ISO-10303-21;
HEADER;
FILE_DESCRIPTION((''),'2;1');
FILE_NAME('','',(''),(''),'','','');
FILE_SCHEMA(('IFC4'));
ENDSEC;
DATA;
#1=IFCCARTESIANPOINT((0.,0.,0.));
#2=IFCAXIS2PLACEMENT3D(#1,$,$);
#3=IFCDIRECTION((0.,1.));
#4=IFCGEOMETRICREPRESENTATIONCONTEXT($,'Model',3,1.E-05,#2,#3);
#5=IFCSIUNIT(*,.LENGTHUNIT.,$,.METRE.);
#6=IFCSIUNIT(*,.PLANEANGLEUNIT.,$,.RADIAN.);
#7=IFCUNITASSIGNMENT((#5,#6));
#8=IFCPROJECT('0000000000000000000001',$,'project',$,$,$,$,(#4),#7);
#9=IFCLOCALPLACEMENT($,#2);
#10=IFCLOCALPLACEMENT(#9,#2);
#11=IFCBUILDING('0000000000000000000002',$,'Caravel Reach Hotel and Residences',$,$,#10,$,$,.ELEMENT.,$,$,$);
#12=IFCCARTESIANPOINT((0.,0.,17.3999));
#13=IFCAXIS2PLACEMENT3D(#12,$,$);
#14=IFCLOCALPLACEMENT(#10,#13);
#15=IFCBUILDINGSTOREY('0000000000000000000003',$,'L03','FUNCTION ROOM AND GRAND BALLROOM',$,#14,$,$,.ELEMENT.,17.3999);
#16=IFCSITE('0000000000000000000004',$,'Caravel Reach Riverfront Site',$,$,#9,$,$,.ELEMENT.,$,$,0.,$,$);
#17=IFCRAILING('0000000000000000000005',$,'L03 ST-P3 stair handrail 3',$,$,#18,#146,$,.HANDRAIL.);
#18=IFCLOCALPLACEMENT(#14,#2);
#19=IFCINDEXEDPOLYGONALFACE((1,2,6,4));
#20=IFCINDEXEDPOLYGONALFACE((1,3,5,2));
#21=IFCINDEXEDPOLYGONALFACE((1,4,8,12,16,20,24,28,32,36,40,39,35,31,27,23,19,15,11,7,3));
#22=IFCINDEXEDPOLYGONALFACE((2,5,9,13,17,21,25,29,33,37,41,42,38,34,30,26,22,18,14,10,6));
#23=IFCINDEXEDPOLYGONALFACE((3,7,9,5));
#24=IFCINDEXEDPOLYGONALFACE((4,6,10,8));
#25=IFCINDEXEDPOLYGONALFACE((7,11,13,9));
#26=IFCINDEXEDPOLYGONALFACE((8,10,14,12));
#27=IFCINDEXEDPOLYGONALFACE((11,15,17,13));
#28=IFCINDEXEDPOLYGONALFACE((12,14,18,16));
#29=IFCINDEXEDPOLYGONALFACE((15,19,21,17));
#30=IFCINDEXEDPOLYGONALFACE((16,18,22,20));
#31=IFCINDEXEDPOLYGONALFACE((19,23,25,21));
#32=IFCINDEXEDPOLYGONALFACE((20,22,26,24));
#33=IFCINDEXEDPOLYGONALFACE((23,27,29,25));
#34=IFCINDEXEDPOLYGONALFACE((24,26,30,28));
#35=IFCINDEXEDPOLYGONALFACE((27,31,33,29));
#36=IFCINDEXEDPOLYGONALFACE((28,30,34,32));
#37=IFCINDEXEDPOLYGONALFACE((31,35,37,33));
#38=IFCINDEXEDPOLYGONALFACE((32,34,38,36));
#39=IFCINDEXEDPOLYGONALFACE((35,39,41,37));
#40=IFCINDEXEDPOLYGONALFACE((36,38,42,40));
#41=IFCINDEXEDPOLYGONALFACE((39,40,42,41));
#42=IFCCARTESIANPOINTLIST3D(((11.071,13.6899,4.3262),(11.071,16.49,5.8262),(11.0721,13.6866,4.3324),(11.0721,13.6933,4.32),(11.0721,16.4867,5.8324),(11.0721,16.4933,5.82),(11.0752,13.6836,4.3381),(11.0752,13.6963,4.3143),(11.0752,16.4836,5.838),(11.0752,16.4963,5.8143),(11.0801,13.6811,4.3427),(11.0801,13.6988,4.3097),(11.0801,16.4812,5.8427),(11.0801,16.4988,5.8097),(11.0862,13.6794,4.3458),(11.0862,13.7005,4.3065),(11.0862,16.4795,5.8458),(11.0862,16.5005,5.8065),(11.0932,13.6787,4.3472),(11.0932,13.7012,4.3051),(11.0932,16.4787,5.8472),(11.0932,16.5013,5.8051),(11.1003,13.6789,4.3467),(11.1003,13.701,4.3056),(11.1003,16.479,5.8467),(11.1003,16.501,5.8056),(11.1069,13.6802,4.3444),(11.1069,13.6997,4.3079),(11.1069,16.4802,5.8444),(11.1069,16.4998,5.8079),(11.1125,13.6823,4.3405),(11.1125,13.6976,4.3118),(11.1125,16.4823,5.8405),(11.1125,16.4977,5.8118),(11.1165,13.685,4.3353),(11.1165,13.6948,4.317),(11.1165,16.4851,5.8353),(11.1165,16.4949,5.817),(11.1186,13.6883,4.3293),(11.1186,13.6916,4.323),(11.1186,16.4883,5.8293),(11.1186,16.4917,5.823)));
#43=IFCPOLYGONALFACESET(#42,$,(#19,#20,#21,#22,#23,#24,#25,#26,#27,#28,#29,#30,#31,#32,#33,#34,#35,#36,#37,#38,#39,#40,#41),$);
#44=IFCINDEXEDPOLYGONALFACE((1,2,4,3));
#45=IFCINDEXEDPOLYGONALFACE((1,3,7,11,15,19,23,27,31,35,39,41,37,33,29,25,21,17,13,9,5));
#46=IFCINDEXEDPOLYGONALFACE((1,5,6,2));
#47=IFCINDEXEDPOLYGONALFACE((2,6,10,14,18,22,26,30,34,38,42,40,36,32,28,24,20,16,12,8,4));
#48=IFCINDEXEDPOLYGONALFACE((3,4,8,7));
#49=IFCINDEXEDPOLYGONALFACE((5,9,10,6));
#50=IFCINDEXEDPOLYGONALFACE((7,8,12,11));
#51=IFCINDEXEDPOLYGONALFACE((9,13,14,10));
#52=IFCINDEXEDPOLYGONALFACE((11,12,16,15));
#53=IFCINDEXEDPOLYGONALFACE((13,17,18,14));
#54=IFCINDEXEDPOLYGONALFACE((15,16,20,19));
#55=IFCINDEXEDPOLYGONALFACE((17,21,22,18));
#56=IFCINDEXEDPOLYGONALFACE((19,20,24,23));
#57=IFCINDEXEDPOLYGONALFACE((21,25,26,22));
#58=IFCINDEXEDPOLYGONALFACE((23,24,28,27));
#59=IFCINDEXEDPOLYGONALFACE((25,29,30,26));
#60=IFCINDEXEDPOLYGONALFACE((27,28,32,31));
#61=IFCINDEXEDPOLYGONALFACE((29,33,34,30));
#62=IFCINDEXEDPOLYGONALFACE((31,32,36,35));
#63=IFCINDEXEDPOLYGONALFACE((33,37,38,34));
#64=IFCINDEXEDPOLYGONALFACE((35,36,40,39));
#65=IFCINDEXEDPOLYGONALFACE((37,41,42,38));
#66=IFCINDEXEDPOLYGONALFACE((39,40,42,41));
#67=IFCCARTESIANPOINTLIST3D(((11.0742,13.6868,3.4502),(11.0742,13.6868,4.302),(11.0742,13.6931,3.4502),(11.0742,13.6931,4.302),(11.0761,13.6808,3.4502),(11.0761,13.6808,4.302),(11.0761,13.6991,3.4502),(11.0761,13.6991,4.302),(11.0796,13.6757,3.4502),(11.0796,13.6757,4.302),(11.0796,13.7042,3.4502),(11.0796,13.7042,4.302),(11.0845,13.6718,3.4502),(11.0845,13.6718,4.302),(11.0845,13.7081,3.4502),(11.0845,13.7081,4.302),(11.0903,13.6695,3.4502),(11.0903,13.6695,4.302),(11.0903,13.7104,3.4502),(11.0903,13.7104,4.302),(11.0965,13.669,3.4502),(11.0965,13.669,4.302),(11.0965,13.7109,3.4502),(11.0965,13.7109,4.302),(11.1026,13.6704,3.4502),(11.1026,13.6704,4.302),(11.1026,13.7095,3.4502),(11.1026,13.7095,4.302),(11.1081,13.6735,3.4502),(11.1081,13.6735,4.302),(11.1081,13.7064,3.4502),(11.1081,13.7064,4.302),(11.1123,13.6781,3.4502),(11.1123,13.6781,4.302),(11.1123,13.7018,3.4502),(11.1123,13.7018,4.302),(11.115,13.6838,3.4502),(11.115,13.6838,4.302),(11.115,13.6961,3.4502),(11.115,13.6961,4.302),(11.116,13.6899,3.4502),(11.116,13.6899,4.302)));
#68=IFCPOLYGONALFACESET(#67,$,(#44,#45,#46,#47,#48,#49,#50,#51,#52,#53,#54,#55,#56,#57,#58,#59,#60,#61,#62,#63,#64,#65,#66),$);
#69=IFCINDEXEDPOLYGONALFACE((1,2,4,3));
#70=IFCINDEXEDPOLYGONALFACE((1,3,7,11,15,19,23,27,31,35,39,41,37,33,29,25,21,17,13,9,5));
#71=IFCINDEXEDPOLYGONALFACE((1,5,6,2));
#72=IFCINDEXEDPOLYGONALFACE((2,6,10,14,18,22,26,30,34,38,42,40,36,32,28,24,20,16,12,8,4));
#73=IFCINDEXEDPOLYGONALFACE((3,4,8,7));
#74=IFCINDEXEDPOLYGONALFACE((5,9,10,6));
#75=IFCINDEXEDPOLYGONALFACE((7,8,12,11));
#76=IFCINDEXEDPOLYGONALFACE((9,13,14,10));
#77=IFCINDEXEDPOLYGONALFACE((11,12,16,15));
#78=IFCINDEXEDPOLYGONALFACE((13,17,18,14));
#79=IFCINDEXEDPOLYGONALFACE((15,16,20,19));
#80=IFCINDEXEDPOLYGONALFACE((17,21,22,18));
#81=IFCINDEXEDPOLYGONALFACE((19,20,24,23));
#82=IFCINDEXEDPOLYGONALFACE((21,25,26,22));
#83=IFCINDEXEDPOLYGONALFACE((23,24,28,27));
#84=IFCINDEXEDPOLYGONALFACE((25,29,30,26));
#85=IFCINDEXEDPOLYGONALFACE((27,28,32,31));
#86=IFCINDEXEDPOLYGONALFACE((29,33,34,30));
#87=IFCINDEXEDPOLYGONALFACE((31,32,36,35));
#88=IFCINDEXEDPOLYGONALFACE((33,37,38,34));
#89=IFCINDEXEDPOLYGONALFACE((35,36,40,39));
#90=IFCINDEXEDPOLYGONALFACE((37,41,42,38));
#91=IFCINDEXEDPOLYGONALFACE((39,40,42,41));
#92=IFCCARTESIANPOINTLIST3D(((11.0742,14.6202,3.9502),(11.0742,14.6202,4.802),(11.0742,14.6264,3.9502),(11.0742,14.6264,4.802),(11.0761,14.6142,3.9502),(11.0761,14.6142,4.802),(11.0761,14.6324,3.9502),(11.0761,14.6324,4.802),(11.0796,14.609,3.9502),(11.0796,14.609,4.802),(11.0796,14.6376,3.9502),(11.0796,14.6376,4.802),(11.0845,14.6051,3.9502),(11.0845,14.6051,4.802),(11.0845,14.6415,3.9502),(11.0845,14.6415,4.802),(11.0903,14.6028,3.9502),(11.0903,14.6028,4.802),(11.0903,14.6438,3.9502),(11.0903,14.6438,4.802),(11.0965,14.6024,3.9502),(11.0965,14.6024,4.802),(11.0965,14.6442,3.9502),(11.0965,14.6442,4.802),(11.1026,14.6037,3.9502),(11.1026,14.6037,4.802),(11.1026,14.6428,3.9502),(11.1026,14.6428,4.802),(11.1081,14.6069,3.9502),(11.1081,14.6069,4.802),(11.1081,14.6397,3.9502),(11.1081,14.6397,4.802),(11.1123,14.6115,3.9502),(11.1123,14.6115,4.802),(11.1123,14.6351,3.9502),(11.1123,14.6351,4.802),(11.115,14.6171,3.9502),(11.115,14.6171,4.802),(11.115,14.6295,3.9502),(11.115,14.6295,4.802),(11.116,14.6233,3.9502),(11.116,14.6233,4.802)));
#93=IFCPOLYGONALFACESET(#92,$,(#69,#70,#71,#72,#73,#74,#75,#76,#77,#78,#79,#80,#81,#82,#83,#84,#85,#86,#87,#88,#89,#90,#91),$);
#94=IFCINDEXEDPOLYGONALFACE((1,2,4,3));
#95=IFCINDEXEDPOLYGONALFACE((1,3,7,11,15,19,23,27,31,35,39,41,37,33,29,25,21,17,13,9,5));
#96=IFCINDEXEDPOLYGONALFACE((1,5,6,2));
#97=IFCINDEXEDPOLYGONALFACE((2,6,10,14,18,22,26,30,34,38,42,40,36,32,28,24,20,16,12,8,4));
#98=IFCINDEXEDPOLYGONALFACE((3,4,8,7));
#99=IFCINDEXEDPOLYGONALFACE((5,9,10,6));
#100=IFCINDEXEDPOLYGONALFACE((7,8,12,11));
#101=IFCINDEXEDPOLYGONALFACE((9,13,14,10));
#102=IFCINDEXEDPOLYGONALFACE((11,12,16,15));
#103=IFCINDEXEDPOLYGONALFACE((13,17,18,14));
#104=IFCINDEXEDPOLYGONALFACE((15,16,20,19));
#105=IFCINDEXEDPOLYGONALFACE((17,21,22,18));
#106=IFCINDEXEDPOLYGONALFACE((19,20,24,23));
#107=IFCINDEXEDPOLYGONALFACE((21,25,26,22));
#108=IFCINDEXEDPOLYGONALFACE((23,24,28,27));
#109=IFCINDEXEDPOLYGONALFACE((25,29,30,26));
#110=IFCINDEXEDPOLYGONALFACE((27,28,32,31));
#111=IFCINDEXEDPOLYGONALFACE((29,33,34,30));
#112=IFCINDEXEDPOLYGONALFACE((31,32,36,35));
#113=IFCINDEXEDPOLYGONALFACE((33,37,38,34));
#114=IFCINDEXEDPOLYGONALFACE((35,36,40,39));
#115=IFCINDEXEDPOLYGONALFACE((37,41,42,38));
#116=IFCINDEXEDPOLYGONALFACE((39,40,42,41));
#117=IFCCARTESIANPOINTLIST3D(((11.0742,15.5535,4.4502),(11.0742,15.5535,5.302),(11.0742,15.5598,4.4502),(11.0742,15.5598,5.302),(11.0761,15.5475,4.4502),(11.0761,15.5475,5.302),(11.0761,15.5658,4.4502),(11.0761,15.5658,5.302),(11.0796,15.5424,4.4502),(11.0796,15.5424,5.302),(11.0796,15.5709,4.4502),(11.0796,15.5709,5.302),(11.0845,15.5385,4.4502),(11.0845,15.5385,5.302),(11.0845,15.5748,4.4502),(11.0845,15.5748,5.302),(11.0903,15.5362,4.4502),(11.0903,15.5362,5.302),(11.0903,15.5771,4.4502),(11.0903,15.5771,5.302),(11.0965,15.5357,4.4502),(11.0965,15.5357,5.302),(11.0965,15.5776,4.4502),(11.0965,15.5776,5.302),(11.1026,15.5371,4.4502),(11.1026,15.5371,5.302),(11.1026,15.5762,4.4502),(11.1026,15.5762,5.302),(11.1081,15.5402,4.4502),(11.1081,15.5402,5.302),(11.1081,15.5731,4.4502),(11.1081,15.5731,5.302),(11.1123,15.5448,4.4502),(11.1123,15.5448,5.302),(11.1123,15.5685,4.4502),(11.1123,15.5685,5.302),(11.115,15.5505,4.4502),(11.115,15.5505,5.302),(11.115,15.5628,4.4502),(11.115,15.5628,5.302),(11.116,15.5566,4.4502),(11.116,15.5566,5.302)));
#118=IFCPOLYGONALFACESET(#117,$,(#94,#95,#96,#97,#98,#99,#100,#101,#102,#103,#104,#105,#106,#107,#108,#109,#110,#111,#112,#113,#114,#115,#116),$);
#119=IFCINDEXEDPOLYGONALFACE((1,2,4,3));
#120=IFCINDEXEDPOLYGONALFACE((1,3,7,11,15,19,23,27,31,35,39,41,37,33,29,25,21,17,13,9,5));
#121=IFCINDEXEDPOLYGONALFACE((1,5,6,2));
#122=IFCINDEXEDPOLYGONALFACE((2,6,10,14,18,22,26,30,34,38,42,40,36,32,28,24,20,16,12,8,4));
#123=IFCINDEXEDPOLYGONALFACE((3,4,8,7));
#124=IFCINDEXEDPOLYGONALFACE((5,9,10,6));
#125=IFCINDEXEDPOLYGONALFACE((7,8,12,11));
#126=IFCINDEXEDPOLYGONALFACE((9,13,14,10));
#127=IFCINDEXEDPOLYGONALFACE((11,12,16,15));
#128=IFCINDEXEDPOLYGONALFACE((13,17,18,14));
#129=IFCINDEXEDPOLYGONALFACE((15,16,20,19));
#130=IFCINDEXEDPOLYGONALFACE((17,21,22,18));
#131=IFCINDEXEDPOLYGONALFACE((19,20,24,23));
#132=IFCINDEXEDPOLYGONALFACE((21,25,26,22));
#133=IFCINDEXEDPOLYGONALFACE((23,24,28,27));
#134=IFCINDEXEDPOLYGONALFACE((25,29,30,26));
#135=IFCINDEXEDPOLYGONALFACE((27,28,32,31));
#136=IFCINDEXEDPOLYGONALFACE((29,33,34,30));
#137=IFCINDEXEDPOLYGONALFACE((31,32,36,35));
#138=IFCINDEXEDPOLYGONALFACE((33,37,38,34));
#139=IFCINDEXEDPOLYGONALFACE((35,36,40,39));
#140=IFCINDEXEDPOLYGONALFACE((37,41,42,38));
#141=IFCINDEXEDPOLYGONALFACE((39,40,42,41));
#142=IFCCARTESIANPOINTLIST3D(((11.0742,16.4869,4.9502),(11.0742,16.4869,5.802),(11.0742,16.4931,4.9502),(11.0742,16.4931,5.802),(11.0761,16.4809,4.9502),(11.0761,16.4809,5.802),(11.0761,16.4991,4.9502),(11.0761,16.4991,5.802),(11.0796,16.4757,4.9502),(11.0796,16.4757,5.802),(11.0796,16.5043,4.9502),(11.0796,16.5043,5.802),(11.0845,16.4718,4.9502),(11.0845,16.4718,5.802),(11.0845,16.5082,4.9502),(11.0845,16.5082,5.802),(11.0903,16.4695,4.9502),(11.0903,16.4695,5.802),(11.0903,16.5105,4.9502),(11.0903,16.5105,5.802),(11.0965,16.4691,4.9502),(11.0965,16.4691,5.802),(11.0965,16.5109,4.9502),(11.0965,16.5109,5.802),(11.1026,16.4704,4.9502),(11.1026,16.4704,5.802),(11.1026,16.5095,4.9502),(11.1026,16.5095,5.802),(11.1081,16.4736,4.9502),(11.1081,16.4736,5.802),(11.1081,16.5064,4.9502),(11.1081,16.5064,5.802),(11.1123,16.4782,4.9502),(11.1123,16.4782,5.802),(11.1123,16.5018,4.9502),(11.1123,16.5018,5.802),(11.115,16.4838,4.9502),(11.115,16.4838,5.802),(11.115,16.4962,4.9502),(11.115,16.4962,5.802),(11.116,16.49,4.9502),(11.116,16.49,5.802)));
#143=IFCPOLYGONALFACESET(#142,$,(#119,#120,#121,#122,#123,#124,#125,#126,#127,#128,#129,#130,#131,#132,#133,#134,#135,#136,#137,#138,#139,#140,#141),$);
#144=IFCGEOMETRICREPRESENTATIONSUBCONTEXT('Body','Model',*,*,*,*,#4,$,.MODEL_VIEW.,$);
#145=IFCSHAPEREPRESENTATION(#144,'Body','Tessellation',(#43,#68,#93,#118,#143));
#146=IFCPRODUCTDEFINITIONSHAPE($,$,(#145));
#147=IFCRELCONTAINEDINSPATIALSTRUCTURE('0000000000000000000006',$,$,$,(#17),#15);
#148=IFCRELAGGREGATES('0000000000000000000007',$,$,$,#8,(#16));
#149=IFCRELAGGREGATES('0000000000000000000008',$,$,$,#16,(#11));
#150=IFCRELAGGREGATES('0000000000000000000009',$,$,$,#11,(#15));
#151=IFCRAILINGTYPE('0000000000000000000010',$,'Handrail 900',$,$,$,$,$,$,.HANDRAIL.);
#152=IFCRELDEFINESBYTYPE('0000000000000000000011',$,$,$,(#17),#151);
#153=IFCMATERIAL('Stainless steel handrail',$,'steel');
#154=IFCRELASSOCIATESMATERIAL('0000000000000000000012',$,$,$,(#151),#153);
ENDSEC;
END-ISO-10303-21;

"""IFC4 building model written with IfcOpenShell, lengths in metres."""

from ifc_helpers import new_model, si_unit, direction, frame, origin, origin_2d, place, context, subcontext, project, spatial, circle, extrude, material, type_object, element, save


model = new_model("IFC4")

# Units and contexts
model_context = context("Model", 3, precision=1e-05, world=origin(), true_north=direction((0.0, 1.0)))
body_context = subcontext(model_context, "Body", "Model", "MODEL_VIEW")
ifc_project = project(units=[si_unit("LENGTHUNIT", "METRE"), si_unit("PLANEANGLEUNIT", "RADIAN")], contexts=[model_context])

# Site, building, storey
site_placement = place(None, origin())
site = spatial("IfcSite", under=ifc_project, at=site_placement, Name="Caravel Reach Riverfront Site", CompositionType="ELEMENT", RefElevation=0.0)
building_placement = place(site_placement, origin())
building = spatial("IfcBuilding", under=site, at=building_placement, Name="Caravel Reach Hotel and Residences", CompositionType="ELEMENT")
storey_placement = place(building_placement, frame((0.0, 0.0, 17.3999)))
storey = spatial("IfcBuildingStorey", under=building, at=storey_placement, Name="L03", Description="FUNCTION ROOM AND GRAND BALLROOM", CompositionType="ELEMENT", Elevation=17.3999)

# Railing
ifc_material_1 = material(Name="Stainless steel handrail", Category="steel")
railing_type_1 = type_object("IfcRailingType", Name="Handrail 900", PredefinedType="HANDRAIL", material=ifc_material_1)
railing_1_placement = place(storey_placement, frame((11.095, 13.6899, 3.4502)))
element("IfcRailing", 1, at=railing_1_placement, inside=storey, type_object=railing_type_1, Name="L03 ST-P3 stair handrail 3", PredefinedType="HANDRAIL", context=body_context, shape_type="SweptSolid", body=[
    extrude(circle(Radius=0.0239, at=origin_2d()), frame((0.0, 0.0, 0.876), z_axis=(0.0, 0.881483, 0.472215), x_axis=(-1.0, 0.0, 0.0)), (0.0, 0.0, 1.0), 3.1765),
    extrude(circle(Radius=0.021, at=origin_2d()), origin(), (0.0, 0.0, 1.0), 0.8518),
    extrude(circle(Radius=0.021, at=origin_2d()), frame((0.0, 0.9333, 0.5)), (0.0, 0.0, 1.0), 0.8518),
    extrude(circle(Radius=0.021, at=origin_2d()), frame((0.0, 1.8667, 1.0)), (0.0, 0.0, 1.0), 0.8518),
    extrude(circle(Radius=0.021, at=origin_2d()), frame((0.0, 2.8, 1.5)), (0.0, 0.0, 1.0), 0.8518),
])

save(model, "model.ifc")
